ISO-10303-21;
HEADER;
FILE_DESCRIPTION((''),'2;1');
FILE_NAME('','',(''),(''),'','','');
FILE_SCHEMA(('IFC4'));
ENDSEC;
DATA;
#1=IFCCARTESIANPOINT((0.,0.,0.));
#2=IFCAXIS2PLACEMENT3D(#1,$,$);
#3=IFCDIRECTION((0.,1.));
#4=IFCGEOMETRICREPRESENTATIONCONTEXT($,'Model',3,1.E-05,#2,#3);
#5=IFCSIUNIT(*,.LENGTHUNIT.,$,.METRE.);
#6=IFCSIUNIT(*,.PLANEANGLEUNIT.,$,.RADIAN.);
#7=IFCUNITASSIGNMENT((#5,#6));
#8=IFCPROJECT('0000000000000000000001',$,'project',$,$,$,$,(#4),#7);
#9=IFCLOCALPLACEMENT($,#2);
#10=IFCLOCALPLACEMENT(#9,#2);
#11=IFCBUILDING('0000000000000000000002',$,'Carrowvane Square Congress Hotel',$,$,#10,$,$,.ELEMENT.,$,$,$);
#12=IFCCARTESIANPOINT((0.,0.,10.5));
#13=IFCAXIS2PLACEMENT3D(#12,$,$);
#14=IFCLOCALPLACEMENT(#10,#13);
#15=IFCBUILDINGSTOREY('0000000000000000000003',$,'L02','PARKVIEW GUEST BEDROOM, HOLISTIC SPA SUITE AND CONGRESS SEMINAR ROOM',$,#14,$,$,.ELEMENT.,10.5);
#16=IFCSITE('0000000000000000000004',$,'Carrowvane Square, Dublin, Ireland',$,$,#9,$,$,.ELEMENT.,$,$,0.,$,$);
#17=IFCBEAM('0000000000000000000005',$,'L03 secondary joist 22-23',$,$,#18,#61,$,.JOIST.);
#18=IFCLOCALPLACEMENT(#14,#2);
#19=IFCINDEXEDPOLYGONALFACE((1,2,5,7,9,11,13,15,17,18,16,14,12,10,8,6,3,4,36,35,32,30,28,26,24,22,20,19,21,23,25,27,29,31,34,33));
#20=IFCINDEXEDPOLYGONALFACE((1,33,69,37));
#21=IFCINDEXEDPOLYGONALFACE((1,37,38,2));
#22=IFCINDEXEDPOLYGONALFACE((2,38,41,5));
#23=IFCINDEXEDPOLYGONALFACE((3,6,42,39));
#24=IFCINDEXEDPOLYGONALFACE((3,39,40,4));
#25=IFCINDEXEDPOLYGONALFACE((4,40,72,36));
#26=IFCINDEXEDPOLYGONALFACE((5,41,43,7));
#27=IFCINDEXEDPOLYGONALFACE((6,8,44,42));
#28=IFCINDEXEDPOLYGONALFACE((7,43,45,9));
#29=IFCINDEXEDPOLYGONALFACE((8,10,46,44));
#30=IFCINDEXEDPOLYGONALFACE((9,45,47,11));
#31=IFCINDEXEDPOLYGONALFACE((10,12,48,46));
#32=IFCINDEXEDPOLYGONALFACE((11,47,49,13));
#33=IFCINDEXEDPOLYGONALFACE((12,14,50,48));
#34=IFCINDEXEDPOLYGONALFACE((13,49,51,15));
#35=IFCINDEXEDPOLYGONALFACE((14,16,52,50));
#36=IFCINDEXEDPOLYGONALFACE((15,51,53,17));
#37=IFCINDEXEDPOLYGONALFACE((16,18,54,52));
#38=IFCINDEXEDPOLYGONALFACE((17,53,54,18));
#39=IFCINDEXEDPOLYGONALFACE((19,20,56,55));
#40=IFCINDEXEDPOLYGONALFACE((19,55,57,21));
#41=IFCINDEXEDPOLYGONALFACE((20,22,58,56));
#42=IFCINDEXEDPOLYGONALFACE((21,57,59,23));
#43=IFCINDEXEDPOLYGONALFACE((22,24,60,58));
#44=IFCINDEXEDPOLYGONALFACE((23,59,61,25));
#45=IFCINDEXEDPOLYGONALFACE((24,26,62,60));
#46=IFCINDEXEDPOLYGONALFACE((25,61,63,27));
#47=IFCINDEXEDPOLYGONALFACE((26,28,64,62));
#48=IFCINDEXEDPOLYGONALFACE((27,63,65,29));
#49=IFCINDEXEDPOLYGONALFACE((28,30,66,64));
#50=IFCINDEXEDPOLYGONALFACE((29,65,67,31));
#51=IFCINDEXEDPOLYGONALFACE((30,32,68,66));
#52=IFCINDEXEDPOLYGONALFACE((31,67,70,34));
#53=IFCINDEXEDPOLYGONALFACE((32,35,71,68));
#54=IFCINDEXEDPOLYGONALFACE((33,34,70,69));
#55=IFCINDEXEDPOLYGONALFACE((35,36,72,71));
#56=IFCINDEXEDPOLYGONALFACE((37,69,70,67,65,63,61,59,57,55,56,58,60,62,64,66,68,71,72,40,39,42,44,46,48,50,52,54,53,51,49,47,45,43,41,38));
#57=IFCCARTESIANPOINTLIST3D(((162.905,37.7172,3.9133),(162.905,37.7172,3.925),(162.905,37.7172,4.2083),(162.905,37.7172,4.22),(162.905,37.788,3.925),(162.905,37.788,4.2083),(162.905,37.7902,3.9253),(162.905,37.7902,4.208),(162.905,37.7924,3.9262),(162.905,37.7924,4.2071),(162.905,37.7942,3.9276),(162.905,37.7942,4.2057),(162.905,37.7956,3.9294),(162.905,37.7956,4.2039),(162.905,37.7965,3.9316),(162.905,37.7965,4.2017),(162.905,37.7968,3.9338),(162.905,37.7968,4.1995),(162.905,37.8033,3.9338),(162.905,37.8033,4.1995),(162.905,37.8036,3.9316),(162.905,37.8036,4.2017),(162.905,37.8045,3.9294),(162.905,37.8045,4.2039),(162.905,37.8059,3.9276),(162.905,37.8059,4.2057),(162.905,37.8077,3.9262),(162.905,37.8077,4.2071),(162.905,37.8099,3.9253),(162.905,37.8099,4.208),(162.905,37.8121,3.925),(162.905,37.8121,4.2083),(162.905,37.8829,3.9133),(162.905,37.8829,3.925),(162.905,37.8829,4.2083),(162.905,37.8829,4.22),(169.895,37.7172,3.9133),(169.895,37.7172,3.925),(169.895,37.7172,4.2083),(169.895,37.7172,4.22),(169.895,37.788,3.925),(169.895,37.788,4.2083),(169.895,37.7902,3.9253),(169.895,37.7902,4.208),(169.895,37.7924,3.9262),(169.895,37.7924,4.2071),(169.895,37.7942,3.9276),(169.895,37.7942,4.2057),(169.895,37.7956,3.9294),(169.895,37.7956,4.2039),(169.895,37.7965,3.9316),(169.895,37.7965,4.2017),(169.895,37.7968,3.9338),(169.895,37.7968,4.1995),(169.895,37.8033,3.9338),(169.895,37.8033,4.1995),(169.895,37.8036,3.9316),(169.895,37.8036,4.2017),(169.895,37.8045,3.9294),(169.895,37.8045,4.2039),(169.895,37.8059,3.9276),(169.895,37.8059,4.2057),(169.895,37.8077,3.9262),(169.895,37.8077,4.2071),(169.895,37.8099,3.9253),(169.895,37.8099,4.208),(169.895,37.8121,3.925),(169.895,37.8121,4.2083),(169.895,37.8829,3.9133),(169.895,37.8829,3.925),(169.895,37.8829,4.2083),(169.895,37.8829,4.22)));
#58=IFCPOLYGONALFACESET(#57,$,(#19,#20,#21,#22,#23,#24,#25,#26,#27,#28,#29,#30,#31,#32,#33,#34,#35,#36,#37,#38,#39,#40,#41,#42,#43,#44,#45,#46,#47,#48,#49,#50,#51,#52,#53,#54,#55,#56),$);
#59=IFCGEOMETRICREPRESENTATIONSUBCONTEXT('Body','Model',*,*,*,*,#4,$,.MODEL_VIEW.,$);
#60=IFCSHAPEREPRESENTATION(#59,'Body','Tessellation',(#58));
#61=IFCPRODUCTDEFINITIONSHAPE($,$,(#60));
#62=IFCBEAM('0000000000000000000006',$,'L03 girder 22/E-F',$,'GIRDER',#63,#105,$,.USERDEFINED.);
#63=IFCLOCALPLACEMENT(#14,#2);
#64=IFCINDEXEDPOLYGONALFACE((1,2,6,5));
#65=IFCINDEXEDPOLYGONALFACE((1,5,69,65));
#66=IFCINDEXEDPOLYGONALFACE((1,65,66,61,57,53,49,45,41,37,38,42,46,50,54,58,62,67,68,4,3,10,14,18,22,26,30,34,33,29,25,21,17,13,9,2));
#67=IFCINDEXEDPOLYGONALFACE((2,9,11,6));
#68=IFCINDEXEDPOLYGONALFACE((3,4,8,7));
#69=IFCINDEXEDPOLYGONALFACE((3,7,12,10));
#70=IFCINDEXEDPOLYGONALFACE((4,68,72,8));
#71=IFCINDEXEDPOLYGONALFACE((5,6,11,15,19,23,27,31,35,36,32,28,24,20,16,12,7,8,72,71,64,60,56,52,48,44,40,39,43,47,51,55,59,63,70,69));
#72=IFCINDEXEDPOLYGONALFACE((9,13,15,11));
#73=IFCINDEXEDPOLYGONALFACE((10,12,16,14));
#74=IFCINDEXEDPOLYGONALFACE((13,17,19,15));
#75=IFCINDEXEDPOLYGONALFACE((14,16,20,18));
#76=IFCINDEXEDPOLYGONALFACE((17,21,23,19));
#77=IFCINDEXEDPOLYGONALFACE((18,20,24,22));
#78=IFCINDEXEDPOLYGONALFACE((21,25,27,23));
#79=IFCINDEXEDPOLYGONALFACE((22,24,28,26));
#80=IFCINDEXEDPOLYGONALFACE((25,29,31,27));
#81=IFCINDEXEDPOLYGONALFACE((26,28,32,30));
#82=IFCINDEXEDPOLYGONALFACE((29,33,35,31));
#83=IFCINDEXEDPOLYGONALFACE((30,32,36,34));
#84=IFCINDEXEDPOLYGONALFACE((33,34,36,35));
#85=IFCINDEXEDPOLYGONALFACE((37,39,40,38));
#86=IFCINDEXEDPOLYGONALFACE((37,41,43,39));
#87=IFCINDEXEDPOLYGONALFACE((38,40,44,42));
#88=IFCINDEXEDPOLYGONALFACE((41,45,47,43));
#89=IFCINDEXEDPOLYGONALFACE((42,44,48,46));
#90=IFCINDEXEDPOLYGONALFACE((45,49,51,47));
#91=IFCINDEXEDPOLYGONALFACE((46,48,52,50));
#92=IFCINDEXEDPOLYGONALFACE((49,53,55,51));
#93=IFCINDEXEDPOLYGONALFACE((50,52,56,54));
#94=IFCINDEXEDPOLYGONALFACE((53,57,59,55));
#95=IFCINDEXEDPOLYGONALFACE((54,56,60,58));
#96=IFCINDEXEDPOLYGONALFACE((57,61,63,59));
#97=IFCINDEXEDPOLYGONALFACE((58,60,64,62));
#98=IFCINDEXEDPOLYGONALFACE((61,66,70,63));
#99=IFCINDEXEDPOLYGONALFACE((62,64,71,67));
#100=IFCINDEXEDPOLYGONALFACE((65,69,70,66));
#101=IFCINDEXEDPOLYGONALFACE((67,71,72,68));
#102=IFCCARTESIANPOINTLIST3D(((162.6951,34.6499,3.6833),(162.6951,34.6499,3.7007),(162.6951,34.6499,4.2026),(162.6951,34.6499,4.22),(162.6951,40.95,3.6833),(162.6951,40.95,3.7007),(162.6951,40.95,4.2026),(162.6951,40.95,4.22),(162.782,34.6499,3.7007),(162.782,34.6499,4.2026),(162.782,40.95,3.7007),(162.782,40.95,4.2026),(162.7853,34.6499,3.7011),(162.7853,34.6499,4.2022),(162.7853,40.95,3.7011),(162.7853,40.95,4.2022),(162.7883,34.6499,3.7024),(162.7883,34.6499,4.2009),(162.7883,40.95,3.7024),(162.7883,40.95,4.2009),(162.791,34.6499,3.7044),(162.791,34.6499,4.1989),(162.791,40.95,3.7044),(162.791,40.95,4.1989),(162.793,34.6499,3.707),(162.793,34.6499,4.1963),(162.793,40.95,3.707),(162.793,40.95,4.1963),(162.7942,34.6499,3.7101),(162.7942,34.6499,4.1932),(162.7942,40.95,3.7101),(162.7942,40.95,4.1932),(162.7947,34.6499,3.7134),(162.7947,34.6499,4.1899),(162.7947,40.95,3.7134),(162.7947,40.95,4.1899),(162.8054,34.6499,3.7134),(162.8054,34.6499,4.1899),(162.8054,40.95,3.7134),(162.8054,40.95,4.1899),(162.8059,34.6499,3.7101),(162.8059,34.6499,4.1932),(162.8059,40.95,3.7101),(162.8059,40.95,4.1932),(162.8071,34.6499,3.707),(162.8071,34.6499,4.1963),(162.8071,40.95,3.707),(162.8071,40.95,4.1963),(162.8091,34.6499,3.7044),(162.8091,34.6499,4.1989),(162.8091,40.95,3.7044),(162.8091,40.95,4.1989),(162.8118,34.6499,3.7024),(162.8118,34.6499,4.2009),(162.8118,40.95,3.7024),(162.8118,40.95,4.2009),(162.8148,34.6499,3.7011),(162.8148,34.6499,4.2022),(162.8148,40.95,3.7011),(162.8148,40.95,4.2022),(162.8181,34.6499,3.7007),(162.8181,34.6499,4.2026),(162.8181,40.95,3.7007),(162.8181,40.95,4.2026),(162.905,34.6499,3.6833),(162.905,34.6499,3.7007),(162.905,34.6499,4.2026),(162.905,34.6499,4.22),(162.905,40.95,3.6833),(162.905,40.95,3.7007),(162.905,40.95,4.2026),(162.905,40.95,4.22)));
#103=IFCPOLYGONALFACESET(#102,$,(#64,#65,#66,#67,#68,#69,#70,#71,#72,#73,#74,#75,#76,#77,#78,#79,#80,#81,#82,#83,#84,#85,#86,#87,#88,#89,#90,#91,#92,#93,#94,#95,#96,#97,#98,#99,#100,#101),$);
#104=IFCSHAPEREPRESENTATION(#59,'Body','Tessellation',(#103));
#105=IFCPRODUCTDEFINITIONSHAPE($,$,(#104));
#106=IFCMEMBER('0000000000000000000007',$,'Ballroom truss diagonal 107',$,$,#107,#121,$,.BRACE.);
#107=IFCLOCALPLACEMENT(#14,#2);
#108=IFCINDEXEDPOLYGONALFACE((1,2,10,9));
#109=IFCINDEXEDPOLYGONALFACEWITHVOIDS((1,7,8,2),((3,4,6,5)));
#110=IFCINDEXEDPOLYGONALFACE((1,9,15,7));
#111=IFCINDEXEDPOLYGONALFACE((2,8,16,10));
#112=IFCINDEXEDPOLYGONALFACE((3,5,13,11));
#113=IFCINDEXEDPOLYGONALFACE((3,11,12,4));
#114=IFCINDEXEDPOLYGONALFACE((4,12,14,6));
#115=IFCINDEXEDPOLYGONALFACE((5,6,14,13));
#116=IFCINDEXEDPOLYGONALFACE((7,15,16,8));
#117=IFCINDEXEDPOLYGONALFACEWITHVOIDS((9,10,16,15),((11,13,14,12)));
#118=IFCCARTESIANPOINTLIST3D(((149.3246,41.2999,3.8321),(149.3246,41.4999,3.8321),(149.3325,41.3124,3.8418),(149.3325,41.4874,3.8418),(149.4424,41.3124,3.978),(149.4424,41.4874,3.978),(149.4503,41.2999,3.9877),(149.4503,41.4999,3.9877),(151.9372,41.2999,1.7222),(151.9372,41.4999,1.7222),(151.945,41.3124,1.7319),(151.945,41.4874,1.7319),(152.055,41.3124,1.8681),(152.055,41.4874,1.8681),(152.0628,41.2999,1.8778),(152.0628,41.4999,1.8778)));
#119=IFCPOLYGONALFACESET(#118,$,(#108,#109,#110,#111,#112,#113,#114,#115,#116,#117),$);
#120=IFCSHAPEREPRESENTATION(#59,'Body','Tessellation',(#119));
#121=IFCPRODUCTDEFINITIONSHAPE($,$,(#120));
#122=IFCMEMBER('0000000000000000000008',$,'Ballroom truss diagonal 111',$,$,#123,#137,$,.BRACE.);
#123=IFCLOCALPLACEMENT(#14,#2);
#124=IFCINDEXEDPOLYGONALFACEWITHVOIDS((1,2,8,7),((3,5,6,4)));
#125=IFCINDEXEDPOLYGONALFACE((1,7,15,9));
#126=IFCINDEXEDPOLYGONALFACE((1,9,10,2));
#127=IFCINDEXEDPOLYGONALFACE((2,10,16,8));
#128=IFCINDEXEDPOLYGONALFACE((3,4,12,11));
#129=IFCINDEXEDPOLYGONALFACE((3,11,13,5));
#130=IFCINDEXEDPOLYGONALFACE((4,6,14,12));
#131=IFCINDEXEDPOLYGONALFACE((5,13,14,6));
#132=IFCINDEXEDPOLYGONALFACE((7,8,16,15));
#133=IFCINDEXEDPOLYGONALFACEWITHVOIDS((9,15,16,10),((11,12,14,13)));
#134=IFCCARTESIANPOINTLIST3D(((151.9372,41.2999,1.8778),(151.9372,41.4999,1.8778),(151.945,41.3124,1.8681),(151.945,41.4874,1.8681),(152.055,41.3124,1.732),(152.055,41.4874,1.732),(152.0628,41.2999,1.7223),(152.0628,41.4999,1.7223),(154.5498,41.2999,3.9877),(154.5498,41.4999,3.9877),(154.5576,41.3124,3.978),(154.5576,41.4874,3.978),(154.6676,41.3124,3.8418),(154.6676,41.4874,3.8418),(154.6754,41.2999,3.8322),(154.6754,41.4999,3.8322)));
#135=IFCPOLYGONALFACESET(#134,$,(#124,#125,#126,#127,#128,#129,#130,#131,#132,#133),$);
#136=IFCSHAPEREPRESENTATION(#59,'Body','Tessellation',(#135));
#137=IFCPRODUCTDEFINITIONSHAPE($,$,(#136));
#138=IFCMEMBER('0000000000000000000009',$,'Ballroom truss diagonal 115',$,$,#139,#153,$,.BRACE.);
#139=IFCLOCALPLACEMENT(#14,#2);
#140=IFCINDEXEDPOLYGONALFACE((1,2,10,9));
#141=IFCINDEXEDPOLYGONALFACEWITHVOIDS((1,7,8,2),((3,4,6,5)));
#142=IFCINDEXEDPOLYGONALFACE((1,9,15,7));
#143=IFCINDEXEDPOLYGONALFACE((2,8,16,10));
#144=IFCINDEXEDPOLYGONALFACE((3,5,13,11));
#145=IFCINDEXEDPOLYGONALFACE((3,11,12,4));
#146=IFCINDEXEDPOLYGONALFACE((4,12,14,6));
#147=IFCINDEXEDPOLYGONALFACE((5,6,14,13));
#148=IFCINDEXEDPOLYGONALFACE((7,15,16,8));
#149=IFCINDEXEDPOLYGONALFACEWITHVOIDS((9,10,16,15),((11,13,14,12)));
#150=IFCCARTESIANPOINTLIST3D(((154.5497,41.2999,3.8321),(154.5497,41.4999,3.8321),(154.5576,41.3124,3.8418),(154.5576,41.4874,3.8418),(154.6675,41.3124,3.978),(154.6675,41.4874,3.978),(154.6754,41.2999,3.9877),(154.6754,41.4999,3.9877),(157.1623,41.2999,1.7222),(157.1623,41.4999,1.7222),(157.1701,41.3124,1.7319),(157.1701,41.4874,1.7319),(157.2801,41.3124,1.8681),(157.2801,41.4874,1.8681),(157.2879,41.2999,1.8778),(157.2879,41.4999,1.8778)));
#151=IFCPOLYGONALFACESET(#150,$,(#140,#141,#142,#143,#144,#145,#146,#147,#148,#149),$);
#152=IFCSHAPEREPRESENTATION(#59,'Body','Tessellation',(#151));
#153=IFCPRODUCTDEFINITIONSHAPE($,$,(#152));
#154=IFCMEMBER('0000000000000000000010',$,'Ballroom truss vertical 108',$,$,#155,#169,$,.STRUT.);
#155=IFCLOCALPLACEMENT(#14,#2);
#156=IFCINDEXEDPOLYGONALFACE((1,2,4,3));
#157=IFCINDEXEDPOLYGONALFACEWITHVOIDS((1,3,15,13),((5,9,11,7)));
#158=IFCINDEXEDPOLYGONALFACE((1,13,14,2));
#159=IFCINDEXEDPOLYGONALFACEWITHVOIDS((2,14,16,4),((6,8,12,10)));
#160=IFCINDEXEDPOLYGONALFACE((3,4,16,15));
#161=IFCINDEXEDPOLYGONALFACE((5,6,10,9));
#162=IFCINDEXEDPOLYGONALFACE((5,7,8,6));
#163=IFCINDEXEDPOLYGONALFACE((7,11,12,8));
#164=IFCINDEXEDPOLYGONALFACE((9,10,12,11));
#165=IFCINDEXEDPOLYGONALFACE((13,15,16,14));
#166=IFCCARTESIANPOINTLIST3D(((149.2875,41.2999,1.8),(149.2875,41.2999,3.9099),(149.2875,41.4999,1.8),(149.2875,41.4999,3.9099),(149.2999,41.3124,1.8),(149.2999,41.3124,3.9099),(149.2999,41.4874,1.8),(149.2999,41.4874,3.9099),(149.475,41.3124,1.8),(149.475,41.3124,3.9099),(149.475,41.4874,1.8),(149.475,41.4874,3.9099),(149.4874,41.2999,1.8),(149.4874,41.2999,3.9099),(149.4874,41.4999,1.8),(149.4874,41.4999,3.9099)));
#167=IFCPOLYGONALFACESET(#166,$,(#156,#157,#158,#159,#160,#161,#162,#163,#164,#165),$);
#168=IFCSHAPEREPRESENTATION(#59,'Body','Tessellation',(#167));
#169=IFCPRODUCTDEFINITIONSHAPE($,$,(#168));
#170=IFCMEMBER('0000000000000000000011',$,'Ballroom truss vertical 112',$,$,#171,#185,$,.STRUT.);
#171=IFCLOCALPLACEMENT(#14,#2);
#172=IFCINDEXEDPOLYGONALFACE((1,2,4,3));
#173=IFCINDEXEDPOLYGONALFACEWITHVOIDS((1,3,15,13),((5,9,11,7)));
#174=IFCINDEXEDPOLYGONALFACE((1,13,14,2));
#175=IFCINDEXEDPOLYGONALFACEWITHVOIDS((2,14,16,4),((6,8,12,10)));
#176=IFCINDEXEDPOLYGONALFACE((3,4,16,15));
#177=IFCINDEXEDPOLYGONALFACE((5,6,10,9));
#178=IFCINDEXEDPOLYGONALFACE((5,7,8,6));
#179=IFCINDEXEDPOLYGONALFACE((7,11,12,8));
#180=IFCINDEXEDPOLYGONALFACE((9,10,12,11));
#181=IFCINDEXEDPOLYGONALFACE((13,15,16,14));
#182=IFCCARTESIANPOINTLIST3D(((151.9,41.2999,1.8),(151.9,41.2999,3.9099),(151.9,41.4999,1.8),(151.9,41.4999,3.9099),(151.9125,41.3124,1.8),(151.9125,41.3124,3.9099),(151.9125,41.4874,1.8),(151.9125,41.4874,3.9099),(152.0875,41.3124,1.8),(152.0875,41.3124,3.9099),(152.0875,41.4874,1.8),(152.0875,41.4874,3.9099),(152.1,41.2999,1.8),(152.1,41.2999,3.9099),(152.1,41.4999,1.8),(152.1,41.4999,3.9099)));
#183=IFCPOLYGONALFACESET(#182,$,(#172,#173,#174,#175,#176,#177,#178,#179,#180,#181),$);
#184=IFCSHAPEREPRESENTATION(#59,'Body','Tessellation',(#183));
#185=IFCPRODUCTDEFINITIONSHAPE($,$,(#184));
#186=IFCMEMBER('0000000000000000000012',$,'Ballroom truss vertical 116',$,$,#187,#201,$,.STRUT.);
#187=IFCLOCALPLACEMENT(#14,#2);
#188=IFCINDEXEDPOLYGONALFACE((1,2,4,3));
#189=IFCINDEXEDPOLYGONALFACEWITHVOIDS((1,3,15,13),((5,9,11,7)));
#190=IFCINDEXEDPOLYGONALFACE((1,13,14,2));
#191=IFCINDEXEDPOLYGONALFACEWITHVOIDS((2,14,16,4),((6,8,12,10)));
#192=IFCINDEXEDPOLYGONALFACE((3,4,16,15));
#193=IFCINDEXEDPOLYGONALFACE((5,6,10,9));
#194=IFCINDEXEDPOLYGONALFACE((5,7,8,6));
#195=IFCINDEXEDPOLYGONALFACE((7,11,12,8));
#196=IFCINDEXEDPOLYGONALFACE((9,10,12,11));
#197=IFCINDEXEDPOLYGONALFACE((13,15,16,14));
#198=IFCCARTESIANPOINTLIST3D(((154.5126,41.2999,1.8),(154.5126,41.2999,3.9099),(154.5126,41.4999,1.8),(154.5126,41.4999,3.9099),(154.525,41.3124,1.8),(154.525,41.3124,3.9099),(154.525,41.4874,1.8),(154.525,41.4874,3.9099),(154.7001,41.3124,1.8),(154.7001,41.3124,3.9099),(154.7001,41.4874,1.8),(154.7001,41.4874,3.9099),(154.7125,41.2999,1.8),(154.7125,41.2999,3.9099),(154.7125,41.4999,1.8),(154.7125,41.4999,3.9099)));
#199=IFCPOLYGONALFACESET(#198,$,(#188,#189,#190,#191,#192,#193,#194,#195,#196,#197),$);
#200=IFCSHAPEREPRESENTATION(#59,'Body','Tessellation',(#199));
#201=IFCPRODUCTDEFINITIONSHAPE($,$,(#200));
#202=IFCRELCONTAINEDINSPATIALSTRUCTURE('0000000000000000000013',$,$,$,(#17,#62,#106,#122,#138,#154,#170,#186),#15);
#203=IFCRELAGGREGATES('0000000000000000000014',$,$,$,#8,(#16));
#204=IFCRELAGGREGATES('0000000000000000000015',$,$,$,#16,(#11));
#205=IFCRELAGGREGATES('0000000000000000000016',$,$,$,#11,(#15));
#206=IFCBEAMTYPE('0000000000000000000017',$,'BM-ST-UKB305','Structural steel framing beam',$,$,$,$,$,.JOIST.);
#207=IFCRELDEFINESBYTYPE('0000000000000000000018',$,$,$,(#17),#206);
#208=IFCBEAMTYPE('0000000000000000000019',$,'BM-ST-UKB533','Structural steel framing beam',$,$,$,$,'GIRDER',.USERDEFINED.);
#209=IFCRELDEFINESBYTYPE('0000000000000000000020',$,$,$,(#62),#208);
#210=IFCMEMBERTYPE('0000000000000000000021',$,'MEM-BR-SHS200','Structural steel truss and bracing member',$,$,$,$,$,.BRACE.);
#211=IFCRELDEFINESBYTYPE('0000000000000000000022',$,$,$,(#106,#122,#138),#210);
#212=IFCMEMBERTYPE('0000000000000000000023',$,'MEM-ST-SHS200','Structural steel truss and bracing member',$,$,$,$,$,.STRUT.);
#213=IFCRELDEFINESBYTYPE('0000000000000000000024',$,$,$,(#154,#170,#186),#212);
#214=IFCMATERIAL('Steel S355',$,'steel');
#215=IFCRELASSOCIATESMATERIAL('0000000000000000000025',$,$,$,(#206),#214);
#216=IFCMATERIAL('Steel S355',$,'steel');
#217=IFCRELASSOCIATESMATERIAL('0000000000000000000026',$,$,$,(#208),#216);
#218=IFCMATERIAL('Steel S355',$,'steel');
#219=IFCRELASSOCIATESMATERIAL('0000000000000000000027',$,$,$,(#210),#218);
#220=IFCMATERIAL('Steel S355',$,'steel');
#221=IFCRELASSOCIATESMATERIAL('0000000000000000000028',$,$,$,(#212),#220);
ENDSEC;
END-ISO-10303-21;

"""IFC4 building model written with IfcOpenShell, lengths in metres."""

from ifc_helpers import new_model, si_unit, direction, frame, origin, origin_2d, place, context, subcontext, project, spatial, hollow_rectangle, i_section, extrude, material, material_profile, profile_set, type_object, element, save


model = new_model("IFC4")

# Units and contexts
model_context = context("Model", 3, precision=1e-05, world=origin(), true_north=direction((0.0, 1.0)))
body_context = subcontext(model_context, "Body", "Model", "MODEL_VIEW")
ifc_project = project(units=[si_unit("LENGTHUNIT", "METRE"), si_unit("PLANEANGLEUNIT", "RADIAN")], contexts=[model_context])

# Site, building, storey
site_placement = place(None, origin())
site = spatial("IfcSite", under=ifc_project, at=site_placement, Name="Carrowvane Square, Dublin, Ireland", CompositionType="ELEMENT", RefElevation=0.0)
building_placement = place(site_placement, origin())
building = spatial("IfcBuilding", under=site, at=building_placement, Name="Carrowvane Square Congress Hotel", CompositionType="ELEMENT")
storey_placement = place(building_placement, frame((0.0, 0.0, 10.5)))
storey = spatial("IfcBuildingStorey", under=building, at=storey_placement, Name="L02", Description="PARKVIEW GUEST BEDROOM, HOLISTIC SPA SUITE AND CONGRESS SEMINAR ROOM", CompositionType="ELEMENT", Elevation=10.5)

# Beams
ifc_material_1 = material(Name="Steel S355", Category="steel")
ifc_material_profile_1 = material_profile(ifc_material_1, i_section(OverallWidth=0.1658, OverallDepth=0.3066, WebThickness=0.0066, FlangeThickness=0.0117, FilletRadius=0.0088, at=origin_2d()), Name="UKB 305x165x46")
ifc_profile_set_1 = profile_set([ifc_material_profile_1], Name="Steel S355")
beam_type_1 = type_object("IfcBeamType", Name="BM-ST-UKB305", Description="Structural steel framing beam", PredefinedType="JOIST", material=ifc_profile_set_1)
beam_1_placement = place(storey_placement, frame((162.905, 37.8, 4.0667), z_axis=(1.0, 0.0, 0.0), x_axis=(0.0, 1.0, 0.0)))
element("IfcBeam", 1, at=beam_1_placement, inside=storey, type_object=beam_type_1, Name="L03 secondary joist 22-23", PredefinedType="JOIST", context=body_context, shape_type="SweptSolid", body=[
    extrude(i_section(OverallWidth=0.1658, OverallDepth=0.3066, WebThickness=0.0066, FlangeThickness=0.0117, FilletRadius=0.0088, at=origin_2d()), origin(), (0.0, 0.0, 1.0), 6.99),
])
ifc_material_2 = material(Name="Steel S355", Category="steel")
ifc_material_profile_2 = material_profile(ifc_material_2, i_section(OverallWidth=0.21, OverallDepth=0.5366, WebThickness=0.0107, FlangeThickness=0.0173, FilletRadius=0.0127, at=origin_2d()), Name="UKB 533x210x101")
ifc_profile_set_2 = profile_set([ifc_material_profile_2], Name="Steel S355")
beam_type_2 = type_object("IfcBeamType", Name="BM-ST-UKB533", Description="Structural steel framing beam", ElementType="GIRDER", PredefinedType="USERDEFINED", material=ifc_profile_set_2)
beam_2_placement = place(storey_placement, frame((162.8, 34.6499, 3.9517), z_axis=(0.0, 1.0, 0.0), x_axis=(-1.0, 0.0, 0.0)))
element("IfcBeam", 2, at=beam_2_placement, inside=storey, type_object=beam_type_2, Name="L03 girder 22/E-F", ObjectType="GIRDER", PredefinedType="USERDEFINED", context=body_context, shape_type="SweptSolid", body=[
    extrude(i_section(OverallWidth=0.21, OverallDepth=0.5366, WebThickness=0.0107, FlangeThickness=0.0173, FilletRadius=0.0127, at=origin_2d()), origin(), (0.0, 0.0, 1.0), 6.3),
])

# Members
ifc_material_3 = material(Name="Steel S355", Category="steel")
ifc_material_profile_3 = material_profile(ifc_material_3, hollow_rectangle(XDim=0.2, YDim=0.2, WallThickness=0.0125, at=origin_2d()), Name="SHS 200x200x12.5")
ifc_profile_set_3 = profile_set([ifc_material_profile_3], Name="Steel S355")
member_type_1 = type_object("IfcMemberType", Name="MEM-BR-SHS200", Description="Structural steel truss and bracing member", PredefinedType="BRACE", material=ifc_profile_set_3)
for number, where, z_axis, x_axis, name in (
    (3, (149.3875, 41.3999, 3.9099), (0.777981, 0.0, -0.628288), (0.0, 1.0, 0.0), "Ballroom truss diagonal 107"),
    (4, (152.0, 41.3999, 1.8), (0.777981, 0.0, 0.628288), (0.0, 1.0, 0.0), "Ballroom truss diagonal 111"),
    (5, (154.6125, 41.3999, 3.9099), (0.777981, 0.0, -0.628288), (0.0, 1.0, 0.0), "Ballroom truss diagonal 115"),
):
    element("IfcMember", number, at=place(storey_placement, frame(where, z_axis=z_axis, x_axis=x_axis)), inside=storey, type_object=member_type_1, Name=name, PredefinedType="BRACE", context=body_context, shape_type="SweptSolid", body=[
        extrude(hollow_rectangle(XDim=0.2, YDim=0.2, WallThickness=0.0125, at=origin_2d()), origin(), (0.0, 0.0, 1.0), 3.3582),
    ])
ifc_material_4 = material(Name="Steel S355", Category="steel")
ifc_material_profile_4 = material_profile(ifc_material_4, hollow_rectangle(XDim=0.2, YDim=0.2, WallThickness=0.0125, at=origin_2d()), Name="SHS 200x200x12.5")
ifc_profile_set_4 = profile_set([ifc_material_profile_4], Name="Steel S355")
member_type_2 = type_object("IfcMemberType", Name="MEM-ST-SHS200", Description="Structural steel truss and bracing member", PredefinedType="STRUT", material=ifc_profile_set_4)
for number, where, z_axis, x_axis, name in (
    (6, (149.3875, 41.3999, 1.8), (0.0, 0.0, 1.0), (1.0, 0.0, 0.0), "Ballroom truss vertical 108"),
    (7, (152.0, 41.3999, 1.8), (0.0, 0.0, 1.0), (1.0, 0.0, 0.0), "Ballroom truss vertical 112"),
    (8, (154.6125, 41.3999, 1.8), (0.0, 0.0, 1.0), (1.0, 0.0, 0.0), "Ballroom truss vertical 116"),
):
    element("IfcMember", number, at=place(storey_placement, frame(where, z_axis=z_axis, x_axis=x_axis)), inside=storey, type_object=member_type_2, Name=name, PredefinedType="STRUT", context=body_context, shape_type="SweptSolid", body=[
        extrude(hollow_rectangle(XDim=0.2, YDim=0.2, WallThickness=0.0125, at=origin_2d()), origin(), (0.0, 0.0, 1.0), 2.1099),
    ])

save(model, "model.ifc")
